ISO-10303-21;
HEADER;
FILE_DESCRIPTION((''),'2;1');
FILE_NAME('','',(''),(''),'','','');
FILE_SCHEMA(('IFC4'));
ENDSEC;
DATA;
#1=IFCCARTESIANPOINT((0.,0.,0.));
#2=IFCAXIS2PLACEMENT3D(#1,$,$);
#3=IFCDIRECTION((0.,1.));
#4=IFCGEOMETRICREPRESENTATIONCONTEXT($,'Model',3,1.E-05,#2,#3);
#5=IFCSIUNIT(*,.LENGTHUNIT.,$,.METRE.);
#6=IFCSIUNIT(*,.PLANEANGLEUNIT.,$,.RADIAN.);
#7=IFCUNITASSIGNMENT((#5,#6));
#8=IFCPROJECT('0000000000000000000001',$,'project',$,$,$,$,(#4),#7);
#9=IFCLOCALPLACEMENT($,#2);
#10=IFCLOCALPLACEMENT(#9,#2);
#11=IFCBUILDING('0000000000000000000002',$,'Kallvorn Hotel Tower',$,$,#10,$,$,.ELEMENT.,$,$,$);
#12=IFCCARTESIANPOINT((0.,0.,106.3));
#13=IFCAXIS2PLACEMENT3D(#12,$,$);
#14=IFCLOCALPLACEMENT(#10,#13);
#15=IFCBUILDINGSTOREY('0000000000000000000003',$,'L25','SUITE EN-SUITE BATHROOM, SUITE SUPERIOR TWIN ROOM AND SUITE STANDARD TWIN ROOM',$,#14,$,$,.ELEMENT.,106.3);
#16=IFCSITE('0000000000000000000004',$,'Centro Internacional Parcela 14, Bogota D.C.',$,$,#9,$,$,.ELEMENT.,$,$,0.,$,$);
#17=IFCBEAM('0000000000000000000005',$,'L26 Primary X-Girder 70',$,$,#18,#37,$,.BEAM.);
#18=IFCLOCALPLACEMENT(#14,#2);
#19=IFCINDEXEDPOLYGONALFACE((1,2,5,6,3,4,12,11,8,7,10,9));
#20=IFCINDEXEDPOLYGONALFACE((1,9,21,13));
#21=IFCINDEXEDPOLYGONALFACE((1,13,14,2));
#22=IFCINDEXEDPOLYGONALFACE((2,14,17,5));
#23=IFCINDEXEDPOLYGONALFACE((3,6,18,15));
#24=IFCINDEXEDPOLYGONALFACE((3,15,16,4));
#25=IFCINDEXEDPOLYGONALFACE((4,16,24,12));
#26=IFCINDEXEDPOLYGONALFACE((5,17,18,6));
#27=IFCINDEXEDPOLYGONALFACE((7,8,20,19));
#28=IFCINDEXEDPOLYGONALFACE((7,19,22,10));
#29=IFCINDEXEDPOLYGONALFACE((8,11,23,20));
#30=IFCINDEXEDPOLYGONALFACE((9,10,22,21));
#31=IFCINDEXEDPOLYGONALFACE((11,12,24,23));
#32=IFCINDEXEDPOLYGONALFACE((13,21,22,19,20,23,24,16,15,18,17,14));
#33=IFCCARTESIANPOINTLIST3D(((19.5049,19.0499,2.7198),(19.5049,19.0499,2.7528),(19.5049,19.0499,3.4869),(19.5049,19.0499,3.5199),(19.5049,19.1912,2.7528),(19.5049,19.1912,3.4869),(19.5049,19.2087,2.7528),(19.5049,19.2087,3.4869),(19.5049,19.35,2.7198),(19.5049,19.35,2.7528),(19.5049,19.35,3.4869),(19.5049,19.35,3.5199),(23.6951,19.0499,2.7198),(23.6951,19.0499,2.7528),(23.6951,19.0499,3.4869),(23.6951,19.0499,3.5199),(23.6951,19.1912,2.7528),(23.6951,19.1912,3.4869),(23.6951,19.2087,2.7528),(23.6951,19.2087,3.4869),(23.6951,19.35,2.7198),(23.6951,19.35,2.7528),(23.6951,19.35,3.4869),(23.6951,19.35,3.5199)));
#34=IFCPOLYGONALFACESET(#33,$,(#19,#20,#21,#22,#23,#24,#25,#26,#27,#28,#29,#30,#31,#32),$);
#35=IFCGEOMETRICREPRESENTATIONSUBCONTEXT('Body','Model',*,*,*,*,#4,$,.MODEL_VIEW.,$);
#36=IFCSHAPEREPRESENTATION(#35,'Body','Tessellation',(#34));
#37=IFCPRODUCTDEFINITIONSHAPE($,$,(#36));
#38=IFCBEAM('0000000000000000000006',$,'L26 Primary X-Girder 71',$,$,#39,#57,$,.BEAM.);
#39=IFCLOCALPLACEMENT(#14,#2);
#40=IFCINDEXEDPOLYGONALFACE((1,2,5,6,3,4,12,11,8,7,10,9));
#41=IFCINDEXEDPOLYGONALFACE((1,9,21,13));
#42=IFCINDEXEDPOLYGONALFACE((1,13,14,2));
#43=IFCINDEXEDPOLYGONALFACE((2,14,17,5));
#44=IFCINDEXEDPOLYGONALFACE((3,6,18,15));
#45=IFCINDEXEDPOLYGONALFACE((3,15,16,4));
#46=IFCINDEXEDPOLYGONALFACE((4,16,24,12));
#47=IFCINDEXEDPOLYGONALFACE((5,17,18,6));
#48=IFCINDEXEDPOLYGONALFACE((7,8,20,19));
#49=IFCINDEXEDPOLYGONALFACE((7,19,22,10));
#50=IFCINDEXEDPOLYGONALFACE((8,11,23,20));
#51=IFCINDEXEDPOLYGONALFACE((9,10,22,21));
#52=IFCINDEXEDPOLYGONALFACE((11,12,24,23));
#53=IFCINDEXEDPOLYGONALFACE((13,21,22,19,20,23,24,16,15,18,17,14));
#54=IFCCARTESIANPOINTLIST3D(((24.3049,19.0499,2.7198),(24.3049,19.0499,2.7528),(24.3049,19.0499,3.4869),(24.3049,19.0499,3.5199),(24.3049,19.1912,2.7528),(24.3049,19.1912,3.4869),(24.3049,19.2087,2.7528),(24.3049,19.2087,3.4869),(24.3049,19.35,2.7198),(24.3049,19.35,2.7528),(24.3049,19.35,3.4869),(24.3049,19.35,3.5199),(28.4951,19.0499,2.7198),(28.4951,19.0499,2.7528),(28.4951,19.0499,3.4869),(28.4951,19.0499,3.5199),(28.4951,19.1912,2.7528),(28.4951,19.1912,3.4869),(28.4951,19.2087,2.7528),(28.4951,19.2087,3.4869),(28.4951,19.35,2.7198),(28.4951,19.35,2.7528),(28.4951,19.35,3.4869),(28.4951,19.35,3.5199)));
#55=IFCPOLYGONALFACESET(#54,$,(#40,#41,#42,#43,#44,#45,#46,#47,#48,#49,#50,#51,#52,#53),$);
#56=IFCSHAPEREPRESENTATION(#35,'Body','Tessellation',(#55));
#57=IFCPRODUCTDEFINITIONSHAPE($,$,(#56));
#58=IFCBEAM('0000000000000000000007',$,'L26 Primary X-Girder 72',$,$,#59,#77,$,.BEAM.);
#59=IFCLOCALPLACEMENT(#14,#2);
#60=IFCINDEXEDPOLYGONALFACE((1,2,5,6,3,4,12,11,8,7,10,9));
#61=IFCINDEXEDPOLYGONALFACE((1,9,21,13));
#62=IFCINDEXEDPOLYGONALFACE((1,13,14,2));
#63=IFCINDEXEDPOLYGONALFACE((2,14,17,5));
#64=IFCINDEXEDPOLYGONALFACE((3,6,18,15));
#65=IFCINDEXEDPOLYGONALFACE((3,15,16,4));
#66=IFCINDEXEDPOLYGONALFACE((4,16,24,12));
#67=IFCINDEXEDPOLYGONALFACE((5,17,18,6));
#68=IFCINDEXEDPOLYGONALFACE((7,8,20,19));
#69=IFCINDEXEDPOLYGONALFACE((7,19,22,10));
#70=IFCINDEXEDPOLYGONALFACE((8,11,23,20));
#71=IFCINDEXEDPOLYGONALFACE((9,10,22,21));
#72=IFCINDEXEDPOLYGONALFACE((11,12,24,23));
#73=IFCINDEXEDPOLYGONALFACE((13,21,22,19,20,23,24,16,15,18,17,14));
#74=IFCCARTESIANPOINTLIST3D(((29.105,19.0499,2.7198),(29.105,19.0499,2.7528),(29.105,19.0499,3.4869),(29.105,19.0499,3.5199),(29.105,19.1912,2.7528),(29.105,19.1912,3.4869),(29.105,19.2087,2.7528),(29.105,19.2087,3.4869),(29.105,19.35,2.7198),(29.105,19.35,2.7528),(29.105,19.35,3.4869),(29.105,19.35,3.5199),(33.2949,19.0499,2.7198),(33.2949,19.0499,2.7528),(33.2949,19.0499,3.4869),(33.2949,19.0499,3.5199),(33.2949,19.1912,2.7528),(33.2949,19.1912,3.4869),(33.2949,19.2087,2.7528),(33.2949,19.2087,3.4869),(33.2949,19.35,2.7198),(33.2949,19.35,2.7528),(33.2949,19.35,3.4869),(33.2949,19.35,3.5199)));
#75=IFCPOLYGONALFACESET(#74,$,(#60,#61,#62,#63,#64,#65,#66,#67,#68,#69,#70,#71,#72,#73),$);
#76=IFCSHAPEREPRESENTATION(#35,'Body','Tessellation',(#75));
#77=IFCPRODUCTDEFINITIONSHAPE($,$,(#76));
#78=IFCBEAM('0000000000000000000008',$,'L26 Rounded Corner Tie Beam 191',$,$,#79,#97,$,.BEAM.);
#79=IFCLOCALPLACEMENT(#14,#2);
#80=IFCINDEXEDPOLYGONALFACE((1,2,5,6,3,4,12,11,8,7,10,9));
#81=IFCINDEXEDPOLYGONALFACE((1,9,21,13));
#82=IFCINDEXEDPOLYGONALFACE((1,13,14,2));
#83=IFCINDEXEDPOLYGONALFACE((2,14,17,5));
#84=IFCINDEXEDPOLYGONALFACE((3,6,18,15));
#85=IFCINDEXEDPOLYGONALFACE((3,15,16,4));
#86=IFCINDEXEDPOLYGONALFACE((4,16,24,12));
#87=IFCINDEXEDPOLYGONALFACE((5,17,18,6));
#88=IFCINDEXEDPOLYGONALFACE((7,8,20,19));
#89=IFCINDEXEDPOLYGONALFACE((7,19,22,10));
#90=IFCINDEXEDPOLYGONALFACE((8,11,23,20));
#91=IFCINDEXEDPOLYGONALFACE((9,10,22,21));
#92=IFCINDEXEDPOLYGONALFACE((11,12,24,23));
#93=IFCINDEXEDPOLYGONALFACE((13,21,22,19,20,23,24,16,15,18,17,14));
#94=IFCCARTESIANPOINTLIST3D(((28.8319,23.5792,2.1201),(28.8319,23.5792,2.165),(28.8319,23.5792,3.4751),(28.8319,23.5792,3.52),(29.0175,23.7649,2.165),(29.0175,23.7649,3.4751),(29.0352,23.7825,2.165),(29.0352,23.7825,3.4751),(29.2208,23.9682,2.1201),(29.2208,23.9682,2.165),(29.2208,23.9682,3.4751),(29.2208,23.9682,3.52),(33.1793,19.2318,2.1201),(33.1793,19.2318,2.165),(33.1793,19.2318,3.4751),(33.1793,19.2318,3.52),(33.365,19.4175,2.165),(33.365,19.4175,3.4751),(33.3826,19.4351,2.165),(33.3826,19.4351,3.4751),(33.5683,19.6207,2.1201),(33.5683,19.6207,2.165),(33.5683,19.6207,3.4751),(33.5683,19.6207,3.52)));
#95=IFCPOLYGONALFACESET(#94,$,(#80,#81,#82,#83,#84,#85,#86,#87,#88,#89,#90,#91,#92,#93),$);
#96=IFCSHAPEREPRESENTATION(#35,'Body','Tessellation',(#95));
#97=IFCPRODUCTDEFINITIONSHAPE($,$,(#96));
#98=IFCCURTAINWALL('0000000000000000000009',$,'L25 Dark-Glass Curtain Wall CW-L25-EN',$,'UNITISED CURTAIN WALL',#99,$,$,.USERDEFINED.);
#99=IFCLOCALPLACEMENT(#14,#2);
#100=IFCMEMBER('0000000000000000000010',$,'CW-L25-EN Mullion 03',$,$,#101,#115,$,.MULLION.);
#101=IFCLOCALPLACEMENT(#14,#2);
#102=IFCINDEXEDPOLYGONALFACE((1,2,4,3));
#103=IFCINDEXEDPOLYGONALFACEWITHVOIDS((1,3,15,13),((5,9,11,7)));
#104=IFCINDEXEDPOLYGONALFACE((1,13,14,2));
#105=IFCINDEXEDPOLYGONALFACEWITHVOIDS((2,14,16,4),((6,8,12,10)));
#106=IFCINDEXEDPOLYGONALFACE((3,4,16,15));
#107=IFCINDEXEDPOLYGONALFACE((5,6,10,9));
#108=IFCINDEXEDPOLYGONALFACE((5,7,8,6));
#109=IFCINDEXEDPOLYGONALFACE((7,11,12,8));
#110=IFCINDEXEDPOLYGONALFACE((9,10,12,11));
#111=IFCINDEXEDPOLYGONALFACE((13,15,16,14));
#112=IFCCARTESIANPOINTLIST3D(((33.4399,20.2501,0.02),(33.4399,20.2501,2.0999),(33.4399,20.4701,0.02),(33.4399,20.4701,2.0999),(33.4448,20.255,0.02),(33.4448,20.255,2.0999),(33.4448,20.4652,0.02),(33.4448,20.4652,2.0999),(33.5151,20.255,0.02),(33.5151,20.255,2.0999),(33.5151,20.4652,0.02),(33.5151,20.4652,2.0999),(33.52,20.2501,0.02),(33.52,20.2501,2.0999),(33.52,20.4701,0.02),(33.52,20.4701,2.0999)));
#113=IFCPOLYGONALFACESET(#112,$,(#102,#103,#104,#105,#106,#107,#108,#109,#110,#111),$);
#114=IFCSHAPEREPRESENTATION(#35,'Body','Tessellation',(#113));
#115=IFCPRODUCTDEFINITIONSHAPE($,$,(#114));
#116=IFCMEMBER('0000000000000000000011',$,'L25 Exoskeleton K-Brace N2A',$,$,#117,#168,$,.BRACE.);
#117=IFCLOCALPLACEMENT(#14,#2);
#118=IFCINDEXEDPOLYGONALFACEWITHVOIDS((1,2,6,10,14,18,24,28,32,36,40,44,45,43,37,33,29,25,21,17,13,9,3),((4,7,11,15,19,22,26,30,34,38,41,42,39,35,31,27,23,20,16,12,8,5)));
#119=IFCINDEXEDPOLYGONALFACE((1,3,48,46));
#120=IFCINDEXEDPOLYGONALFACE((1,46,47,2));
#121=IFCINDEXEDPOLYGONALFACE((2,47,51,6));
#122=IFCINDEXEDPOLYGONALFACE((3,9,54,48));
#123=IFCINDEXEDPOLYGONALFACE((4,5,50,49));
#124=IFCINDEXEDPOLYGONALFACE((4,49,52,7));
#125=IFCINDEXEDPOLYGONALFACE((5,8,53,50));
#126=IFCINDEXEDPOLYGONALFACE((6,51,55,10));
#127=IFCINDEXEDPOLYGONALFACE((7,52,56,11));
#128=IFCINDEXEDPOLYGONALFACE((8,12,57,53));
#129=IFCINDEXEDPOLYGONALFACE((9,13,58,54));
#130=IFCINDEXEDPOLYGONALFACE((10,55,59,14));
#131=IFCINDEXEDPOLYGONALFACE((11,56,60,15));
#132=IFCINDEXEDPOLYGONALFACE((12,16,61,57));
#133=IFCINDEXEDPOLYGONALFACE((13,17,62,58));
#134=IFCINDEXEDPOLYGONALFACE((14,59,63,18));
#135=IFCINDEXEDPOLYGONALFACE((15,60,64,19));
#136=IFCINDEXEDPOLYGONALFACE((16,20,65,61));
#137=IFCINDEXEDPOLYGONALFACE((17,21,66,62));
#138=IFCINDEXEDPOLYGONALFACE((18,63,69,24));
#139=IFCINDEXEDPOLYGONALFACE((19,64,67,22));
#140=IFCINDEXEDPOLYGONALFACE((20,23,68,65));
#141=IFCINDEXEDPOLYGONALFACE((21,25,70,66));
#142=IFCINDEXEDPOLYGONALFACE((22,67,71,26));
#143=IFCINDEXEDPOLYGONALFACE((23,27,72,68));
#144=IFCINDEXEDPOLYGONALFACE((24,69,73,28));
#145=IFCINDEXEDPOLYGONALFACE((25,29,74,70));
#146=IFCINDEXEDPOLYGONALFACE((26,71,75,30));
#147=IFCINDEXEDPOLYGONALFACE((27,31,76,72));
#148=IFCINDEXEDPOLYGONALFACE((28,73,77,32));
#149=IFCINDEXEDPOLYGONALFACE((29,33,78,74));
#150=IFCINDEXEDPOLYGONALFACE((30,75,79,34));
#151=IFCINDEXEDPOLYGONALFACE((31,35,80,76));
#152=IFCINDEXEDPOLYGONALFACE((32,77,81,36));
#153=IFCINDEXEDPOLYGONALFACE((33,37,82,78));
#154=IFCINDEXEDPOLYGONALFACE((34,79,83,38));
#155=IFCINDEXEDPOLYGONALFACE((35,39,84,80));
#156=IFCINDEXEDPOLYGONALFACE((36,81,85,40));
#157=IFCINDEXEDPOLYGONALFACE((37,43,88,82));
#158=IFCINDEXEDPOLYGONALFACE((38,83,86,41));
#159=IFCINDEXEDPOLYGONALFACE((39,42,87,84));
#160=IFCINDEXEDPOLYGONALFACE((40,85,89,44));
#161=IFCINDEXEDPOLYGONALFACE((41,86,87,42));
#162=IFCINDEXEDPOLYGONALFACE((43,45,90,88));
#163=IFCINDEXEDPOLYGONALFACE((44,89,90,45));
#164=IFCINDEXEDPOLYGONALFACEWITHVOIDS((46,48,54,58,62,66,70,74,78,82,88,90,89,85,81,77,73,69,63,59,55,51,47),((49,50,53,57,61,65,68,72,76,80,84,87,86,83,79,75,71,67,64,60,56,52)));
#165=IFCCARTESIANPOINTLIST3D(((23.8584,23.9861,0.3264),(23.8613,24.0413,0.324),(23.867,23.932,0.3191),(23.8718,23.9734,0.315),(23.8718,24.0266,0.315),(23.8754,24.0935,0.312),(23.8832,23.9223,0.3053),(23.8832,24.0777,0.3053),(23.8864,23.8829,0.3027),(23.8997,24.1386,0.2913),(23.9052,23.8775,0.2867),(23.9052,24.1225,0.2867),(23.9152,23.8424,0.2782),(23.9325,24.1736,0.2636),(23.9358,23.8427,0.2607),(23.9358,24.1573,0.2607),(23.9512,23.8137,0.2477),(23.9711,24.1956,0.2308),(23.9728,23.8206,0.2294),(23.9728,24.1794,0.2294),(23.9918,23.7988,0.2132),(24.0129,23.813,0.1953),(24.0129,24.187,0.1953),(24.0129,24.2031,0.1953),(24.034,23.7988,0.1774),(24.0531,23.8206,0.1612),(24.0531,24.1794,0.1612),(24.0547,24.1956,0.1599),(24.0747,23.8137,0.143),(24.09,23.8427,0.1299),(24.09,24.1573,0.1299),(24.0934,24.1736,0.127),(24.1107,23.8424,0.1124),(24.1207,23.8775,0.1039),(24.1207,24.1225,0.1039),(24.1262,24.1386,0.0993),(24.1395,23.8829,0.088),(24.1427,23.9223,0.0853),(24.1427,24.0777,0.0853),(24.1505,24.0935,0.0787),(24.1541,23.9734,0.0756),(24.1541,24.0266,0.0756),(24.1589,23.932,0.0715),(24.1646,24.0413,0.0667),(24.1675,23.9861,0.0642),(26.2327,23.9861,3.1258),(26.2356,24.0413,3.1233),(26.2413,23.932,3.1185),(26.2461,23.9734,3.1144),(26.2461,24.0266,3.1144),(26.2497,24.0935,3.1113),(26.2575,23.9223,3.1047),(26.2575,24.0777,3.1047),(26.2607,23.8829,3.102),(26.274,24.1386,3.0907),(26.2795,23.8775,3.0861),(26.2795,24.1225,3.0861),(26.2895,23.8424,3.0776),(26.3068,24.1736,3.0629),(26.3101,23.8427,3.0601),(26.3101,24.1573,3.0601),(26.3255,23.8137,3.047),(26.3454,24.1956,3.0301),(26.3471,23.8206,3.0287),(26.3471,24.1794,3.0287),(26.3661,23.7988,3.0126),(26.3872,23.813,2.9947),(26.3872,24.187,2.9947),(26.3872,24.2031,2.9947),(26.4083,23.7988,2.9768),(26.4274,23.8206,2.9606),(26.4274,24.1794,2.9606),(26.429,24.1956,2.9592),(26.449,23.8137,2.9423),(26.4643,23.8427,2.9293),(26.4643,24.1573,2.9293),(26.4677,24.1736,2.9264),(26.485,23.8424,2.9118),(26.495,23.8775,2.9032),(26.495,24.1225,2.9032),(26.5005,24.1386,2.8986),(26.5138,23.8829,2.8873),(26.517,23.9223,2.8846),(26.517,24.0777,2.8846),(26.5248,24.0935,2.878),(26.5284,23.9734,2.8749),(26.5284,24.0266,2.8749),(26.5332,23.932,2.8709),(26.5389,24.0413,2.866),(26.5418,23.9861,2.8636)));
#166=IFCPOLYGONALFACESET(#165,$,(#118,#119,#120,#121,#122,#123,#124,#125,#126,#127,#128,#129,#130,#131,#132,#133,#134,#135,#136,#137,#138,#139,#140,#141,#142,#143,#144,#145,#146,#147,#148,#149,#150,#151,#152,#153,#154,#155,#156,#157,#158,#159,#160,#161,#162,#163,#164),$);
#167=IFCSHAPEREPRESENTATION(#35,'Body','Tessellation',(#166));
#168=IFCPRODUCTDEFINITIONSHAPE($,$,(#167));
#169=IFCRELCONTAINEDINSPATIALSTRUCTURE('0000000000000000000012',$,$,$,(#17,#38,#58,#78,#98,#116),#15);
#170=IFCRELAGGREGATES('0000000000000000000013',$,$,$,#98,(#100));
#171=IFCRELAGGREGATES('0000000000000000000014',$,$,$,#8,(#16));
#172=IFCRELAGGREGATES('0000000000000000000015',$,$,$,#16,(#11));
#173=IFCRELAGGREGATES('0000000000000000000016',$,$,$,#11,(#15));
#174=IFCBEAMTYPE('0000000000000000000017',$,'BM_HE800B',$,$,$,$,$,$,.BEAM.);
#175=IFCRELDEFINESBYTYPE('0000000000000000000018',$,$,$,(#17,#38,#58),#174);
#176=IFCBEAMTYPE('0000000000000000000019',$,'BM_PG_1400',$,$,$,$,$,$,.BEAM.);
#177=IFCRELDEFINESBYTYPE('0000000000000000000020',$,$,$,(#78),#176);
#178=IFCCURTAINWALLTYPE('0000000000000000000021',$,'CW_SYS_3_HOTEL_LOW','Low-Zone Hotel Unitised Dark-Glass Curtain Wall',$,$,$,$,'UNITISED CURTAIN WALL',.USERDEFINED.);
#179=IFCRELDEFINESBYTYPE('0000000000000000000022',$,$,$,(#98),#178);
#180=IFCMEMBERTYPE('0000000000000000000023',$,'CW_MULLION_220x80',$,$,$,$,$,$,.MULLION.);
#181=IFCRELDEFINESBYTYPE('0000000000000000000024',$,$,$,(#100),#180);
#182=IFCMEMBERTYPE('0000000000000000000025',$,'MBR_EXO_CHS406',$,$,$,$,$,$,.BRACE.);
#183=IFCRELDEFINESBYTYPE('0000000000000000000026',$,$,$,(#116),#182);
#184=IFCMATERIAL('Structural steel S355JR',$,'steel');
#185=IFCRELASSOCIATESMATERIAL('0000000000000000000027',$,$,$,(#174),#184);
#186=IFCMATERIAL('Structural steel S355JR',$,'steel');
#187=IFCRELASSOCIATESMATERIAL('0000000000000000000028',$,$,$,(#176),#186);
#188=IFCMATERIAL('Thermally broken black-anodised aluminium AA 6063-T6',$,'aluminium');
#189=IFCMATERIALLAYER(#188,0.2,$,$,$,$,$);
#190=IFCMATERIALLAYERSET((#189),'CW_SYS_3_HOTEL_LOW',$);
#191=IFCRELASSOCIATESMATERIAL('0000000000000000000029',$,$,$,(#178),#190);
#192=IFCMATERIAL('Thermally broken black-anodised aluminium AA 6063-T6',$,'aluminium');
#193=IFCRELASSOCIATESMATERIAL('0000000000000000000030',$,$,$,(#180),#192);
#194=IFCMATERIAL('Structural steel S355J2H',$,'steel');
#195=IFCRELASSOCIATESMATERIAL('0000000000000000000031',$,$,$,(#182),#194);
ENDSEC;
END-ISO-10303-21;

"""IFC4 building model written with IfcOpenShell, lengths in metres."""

from ifc_helpers import new_model, si_unit, direction, frame, origin, origin_2d, place, context, subcontext, project, spatial, hollow_rectangle, hollow_circle, i_section, extrude, material, layer, layer_set, material_profile, profile_set, type_object, element, aggregate, save


model = new_model("IFC4")

# Units and contexts
model_context = context("Model", 3, precision=1e-05, world=origin(), true_north=direction((0.0, 1.0)))
body_context = subcontext(model_context, "Body", "Model", "MODEL_VIEW")
ifc_project = project(units=[si_unit("LENGTHUNIT", "METRE"), si_unit("PLANEANGLEUNIT", "RADIAN")], contexts=[model_context])

# Site, building, storey
site_placement = place(None, origin())
site = spatial("IfcSite", under=ifc_project, at=site_placement, Name="Centro Internacional Parcela 14, Bogota D.C.", CompositionType="ELEMENT", RefElevation=0.0)
building_placement = place(site_placement, origin())
building = spatial("IfcBuilding", under=site, at=building_placement, Name="Kallvorn Hotel Tower", CompositionType="ELEMENT")
storey_placement = place(building_placement, frame((0.0, 0.0, 106.3)))
storey = spatial("IfcBuildingStorey", under=building, at=storey_placement, Name="L25", Description="SUITE EN-SUITE BATHROOM, SUITE SUPERIOR TWIN ROOM AND SUITE STANDARD TWIN ROOM", CompositionType="ELEMENT", Elevation=106.3)

# Beams
ifc_material_1 = material(Name="Structural steel S355JR", Category="steel")
ifc_material_profile_1 = material_profile(ifc_material_1, i_section(OverallWidth=0.3, OverallDepth=0.8, WebThickness=0.0176, FlangeThickness=0.033, at=origin_2d()), Name="HE 800 B")
ifc_profile_set_1 = profile_set([ifc_material_profile_1], Name="Structural steel S355JR")
beam_type_1 = type_object("IfcBeamType", Name="BM_HE800B", PredefinedType="BEAM", material=ifc_profile_set_1)
for number, where, z_axis, x_axis, name in (
    (1, (19.5049, 19.2, 3.1199), (1.0, 0.0, 0.0), (0.0, 1.0, 0.0), "L26 Primary X-Girder 70"),
    (2, (24.3049, 19.2, 3.1199), (1.0, 0.0, 0.0), (0.0, 1.0, 0.0), "L26 Primary X-Girder 71"),
):
    element("IfcBeam", number, at=place(storey_placement, frame(where, z_axis=z_axis, x_axis=x_axis)), inside=storey, type_object=beam_type_1, Name=name, PredefinedType="BEAM", context=body_context, shape_type="SweptSolid", body=[
        extrude(i_section(OverallWidth=0.3, OverallDepth=0.8, WebThickness=0.0176, FlangeThickness=0.033, at=origin_2d()), origin(), (0.0, 0.0, 1.0), 4.1902),
    ])
beam_1_placement = place(storey_placement, frame((29.105, 19.2, 3.1199), z_axis=(1.0, 0.0, 0.0), x_axis=(0.0, 1.0, 0.0)))
element("IfcBeam", 3, at=beam_1_placement, inside=storey, type_object=beam_type_1, Name="L26 Primary X-Girder 72", PredefinedType="BEAM", context=body_context, shape_type="SweptSolid", body=[
    extrude(i_section(OverallWidth=0.3, OverallDepth=0.8, WebThickness=0.0176, FlangeThickness=0.033, at=origin_2d()), origin(), (0.0, 0.0, 1.0), 4.1899),
])
ifc_material_2 = material(Name="Structural steel S355JR", Category="steel")
ifc_material_profile_2 = material_profile(ifc_material_2, i_section(OverallWidth=0.55, OverallDepth=1.3999, WebThickness=0.0249, FlangeThickness=0.0449, at=origin_2d()), Name="PG 1400x550x25x45")
ifc_profile_set_2 = profile_set([ifc_material_profile_2], Name="Structural steel S355JR")
beam_type_2 = type_object("IfcBeamType", Name="BM_PG_1400", PredefinedType="BEAM", material=ifc_profile_set_2)
beam_2_placement = place(storey_placement, frame((33.3738, 19.4263, 2.8201), z_axis=(-0.707107, 0.707107, 0.0), x_axis=(-0.707107, -0.707107, 0.0)))
element("IfcBeam", 4, at=beam_2_placement, inside=storey, type_object=beam_type_2, Name="L26 Rounded Corner Tie Beam 191", PredefinedType="BEAM", context=body_context, shape_type="SweptSolid", body=[
    extrude(i_section(OverallWidth=0.55, OverallDepth=1.3999, WebThickness=0.0249, FlangeThickness=0.0449, at=origin_2d()), origin(), (0.0, 0.0, 1.0), 6.1482),
])

# Curtain wall, member
ifc_material_3 = material(Name="Thermally broken black-anodised aluminium AA 6063-T6", Category="aluminium")
ifc_layer_1 = layer(ifc_material_3, 0.2)
ifc_layer_set_1 = layer_set([ifc_layer_1], Name="CW_SYS_3_HOTEL_LOW")
curtain_wall_type = type_object("IfcCurtainWallType", Name="CW_SYS_3_HOTEL_LOW", Description="Low-Zone Hotel Unitised Dark-Glass Curtain Wall", ElementType="UNITISED CURTAIN WALL", PredefinedType="USERDEFINED", material=ifc_layer_set_1)
curtain_wall_placement = place(storey_placement, origin())
curtain_wall = element("IfcCurtainWall", 5, at=curtain_wall_placement, inside=storey, type_object=curtain_wall_type, Name="L25 Dark-Glass Curtain Wall CW-L25-EN", ObjectType="UNITISED CURTAIN WALL", PredefinedType="USERDEFINED")
ifc_material_4 = material(Name="Thermally broken black-anodised aluminium AA 6063-T6", Category="aluminium")
ifc_material_profile_3 = material_profile(ifc_material_4, hollow_rectangle(XDim=0.0801, YDim=0.22, WallThickness=0.0049, at=origin_2d()), Name="MUL 220x80")
ifc_profile_set_3 = profile_set([ifc_material_profile_3], Name="Thermally broken black-anodised aluminium AA 6063-T6")
member_type_1 = type_object("IfcMemberType", Name="CW_MULLION_220x80", PredefinedType="MULLION", material=ifc_profile_set_3)
member_placement = place(storey_placement, frame((33.48, 20.3601, 0.02), z_axis=(0.0, 0.0, 1.0), x_axis=(1.0, 0.0, 0.0)))
member = element("IfcMember", 6, at=member_placement, type_object=member_type_1, Name="CW-L25-EN Mullion 03", PredefinedType="MULLION", context=body_context, shape_type="SweptSolid", body=[
    extrude(hollow_rectangle(XDim=0.0801, YDim=0.22, WallThickness=0.0049, at=origin_2d()), origin(), (0.0, 0.0, 1.0), 2.0798),
])

# Member
ifc_material_5 = material(Name="Structural steel S355J2H", Category="steel")
ifc_material_profile_4 = material_profile(ifc_material_5, hollow_circle(Radius=0.2031, WallThickness=0.0161, at=origin_2d()), Name="CHS 406.4x16")
ifc_profile_set_4 = profile_set([ifc_material_profile_4], Name="Structural steel S355J2H")
member_type_2 = type_object("IfcMemberType", Name="MBR_EXO_CHS406", PredefinedType="BRACE", material=ifc_profile_set_4)
for number, where, z_axis, x_axis, name in (
    (7, (24.0129, 24.0, 0.1953), (0.646833, 0.0, 0.762631), (0.0, 1.0, 0.0), "L25 Exoskeleton K-Brace N2A"),
):
    element("IfcMember", number, at=place(storey_placement, frame(where, z_axis=z_axis, x_axis=x_axis)), inside=storey, type_object=member_type_2, Name=name, PredefinedType="BRACE", context=body_context, shape_type="SweptSolid", body=[
        extrude(hollow_circle(Radius=0.2031, WallThickness=0.0161, at=origin_2d()), origin(), (0.0, 0.0, 1.0), 3.6707),
    ])

aggregate(curtain_wall, [member])

save(model, "model.ifc")
